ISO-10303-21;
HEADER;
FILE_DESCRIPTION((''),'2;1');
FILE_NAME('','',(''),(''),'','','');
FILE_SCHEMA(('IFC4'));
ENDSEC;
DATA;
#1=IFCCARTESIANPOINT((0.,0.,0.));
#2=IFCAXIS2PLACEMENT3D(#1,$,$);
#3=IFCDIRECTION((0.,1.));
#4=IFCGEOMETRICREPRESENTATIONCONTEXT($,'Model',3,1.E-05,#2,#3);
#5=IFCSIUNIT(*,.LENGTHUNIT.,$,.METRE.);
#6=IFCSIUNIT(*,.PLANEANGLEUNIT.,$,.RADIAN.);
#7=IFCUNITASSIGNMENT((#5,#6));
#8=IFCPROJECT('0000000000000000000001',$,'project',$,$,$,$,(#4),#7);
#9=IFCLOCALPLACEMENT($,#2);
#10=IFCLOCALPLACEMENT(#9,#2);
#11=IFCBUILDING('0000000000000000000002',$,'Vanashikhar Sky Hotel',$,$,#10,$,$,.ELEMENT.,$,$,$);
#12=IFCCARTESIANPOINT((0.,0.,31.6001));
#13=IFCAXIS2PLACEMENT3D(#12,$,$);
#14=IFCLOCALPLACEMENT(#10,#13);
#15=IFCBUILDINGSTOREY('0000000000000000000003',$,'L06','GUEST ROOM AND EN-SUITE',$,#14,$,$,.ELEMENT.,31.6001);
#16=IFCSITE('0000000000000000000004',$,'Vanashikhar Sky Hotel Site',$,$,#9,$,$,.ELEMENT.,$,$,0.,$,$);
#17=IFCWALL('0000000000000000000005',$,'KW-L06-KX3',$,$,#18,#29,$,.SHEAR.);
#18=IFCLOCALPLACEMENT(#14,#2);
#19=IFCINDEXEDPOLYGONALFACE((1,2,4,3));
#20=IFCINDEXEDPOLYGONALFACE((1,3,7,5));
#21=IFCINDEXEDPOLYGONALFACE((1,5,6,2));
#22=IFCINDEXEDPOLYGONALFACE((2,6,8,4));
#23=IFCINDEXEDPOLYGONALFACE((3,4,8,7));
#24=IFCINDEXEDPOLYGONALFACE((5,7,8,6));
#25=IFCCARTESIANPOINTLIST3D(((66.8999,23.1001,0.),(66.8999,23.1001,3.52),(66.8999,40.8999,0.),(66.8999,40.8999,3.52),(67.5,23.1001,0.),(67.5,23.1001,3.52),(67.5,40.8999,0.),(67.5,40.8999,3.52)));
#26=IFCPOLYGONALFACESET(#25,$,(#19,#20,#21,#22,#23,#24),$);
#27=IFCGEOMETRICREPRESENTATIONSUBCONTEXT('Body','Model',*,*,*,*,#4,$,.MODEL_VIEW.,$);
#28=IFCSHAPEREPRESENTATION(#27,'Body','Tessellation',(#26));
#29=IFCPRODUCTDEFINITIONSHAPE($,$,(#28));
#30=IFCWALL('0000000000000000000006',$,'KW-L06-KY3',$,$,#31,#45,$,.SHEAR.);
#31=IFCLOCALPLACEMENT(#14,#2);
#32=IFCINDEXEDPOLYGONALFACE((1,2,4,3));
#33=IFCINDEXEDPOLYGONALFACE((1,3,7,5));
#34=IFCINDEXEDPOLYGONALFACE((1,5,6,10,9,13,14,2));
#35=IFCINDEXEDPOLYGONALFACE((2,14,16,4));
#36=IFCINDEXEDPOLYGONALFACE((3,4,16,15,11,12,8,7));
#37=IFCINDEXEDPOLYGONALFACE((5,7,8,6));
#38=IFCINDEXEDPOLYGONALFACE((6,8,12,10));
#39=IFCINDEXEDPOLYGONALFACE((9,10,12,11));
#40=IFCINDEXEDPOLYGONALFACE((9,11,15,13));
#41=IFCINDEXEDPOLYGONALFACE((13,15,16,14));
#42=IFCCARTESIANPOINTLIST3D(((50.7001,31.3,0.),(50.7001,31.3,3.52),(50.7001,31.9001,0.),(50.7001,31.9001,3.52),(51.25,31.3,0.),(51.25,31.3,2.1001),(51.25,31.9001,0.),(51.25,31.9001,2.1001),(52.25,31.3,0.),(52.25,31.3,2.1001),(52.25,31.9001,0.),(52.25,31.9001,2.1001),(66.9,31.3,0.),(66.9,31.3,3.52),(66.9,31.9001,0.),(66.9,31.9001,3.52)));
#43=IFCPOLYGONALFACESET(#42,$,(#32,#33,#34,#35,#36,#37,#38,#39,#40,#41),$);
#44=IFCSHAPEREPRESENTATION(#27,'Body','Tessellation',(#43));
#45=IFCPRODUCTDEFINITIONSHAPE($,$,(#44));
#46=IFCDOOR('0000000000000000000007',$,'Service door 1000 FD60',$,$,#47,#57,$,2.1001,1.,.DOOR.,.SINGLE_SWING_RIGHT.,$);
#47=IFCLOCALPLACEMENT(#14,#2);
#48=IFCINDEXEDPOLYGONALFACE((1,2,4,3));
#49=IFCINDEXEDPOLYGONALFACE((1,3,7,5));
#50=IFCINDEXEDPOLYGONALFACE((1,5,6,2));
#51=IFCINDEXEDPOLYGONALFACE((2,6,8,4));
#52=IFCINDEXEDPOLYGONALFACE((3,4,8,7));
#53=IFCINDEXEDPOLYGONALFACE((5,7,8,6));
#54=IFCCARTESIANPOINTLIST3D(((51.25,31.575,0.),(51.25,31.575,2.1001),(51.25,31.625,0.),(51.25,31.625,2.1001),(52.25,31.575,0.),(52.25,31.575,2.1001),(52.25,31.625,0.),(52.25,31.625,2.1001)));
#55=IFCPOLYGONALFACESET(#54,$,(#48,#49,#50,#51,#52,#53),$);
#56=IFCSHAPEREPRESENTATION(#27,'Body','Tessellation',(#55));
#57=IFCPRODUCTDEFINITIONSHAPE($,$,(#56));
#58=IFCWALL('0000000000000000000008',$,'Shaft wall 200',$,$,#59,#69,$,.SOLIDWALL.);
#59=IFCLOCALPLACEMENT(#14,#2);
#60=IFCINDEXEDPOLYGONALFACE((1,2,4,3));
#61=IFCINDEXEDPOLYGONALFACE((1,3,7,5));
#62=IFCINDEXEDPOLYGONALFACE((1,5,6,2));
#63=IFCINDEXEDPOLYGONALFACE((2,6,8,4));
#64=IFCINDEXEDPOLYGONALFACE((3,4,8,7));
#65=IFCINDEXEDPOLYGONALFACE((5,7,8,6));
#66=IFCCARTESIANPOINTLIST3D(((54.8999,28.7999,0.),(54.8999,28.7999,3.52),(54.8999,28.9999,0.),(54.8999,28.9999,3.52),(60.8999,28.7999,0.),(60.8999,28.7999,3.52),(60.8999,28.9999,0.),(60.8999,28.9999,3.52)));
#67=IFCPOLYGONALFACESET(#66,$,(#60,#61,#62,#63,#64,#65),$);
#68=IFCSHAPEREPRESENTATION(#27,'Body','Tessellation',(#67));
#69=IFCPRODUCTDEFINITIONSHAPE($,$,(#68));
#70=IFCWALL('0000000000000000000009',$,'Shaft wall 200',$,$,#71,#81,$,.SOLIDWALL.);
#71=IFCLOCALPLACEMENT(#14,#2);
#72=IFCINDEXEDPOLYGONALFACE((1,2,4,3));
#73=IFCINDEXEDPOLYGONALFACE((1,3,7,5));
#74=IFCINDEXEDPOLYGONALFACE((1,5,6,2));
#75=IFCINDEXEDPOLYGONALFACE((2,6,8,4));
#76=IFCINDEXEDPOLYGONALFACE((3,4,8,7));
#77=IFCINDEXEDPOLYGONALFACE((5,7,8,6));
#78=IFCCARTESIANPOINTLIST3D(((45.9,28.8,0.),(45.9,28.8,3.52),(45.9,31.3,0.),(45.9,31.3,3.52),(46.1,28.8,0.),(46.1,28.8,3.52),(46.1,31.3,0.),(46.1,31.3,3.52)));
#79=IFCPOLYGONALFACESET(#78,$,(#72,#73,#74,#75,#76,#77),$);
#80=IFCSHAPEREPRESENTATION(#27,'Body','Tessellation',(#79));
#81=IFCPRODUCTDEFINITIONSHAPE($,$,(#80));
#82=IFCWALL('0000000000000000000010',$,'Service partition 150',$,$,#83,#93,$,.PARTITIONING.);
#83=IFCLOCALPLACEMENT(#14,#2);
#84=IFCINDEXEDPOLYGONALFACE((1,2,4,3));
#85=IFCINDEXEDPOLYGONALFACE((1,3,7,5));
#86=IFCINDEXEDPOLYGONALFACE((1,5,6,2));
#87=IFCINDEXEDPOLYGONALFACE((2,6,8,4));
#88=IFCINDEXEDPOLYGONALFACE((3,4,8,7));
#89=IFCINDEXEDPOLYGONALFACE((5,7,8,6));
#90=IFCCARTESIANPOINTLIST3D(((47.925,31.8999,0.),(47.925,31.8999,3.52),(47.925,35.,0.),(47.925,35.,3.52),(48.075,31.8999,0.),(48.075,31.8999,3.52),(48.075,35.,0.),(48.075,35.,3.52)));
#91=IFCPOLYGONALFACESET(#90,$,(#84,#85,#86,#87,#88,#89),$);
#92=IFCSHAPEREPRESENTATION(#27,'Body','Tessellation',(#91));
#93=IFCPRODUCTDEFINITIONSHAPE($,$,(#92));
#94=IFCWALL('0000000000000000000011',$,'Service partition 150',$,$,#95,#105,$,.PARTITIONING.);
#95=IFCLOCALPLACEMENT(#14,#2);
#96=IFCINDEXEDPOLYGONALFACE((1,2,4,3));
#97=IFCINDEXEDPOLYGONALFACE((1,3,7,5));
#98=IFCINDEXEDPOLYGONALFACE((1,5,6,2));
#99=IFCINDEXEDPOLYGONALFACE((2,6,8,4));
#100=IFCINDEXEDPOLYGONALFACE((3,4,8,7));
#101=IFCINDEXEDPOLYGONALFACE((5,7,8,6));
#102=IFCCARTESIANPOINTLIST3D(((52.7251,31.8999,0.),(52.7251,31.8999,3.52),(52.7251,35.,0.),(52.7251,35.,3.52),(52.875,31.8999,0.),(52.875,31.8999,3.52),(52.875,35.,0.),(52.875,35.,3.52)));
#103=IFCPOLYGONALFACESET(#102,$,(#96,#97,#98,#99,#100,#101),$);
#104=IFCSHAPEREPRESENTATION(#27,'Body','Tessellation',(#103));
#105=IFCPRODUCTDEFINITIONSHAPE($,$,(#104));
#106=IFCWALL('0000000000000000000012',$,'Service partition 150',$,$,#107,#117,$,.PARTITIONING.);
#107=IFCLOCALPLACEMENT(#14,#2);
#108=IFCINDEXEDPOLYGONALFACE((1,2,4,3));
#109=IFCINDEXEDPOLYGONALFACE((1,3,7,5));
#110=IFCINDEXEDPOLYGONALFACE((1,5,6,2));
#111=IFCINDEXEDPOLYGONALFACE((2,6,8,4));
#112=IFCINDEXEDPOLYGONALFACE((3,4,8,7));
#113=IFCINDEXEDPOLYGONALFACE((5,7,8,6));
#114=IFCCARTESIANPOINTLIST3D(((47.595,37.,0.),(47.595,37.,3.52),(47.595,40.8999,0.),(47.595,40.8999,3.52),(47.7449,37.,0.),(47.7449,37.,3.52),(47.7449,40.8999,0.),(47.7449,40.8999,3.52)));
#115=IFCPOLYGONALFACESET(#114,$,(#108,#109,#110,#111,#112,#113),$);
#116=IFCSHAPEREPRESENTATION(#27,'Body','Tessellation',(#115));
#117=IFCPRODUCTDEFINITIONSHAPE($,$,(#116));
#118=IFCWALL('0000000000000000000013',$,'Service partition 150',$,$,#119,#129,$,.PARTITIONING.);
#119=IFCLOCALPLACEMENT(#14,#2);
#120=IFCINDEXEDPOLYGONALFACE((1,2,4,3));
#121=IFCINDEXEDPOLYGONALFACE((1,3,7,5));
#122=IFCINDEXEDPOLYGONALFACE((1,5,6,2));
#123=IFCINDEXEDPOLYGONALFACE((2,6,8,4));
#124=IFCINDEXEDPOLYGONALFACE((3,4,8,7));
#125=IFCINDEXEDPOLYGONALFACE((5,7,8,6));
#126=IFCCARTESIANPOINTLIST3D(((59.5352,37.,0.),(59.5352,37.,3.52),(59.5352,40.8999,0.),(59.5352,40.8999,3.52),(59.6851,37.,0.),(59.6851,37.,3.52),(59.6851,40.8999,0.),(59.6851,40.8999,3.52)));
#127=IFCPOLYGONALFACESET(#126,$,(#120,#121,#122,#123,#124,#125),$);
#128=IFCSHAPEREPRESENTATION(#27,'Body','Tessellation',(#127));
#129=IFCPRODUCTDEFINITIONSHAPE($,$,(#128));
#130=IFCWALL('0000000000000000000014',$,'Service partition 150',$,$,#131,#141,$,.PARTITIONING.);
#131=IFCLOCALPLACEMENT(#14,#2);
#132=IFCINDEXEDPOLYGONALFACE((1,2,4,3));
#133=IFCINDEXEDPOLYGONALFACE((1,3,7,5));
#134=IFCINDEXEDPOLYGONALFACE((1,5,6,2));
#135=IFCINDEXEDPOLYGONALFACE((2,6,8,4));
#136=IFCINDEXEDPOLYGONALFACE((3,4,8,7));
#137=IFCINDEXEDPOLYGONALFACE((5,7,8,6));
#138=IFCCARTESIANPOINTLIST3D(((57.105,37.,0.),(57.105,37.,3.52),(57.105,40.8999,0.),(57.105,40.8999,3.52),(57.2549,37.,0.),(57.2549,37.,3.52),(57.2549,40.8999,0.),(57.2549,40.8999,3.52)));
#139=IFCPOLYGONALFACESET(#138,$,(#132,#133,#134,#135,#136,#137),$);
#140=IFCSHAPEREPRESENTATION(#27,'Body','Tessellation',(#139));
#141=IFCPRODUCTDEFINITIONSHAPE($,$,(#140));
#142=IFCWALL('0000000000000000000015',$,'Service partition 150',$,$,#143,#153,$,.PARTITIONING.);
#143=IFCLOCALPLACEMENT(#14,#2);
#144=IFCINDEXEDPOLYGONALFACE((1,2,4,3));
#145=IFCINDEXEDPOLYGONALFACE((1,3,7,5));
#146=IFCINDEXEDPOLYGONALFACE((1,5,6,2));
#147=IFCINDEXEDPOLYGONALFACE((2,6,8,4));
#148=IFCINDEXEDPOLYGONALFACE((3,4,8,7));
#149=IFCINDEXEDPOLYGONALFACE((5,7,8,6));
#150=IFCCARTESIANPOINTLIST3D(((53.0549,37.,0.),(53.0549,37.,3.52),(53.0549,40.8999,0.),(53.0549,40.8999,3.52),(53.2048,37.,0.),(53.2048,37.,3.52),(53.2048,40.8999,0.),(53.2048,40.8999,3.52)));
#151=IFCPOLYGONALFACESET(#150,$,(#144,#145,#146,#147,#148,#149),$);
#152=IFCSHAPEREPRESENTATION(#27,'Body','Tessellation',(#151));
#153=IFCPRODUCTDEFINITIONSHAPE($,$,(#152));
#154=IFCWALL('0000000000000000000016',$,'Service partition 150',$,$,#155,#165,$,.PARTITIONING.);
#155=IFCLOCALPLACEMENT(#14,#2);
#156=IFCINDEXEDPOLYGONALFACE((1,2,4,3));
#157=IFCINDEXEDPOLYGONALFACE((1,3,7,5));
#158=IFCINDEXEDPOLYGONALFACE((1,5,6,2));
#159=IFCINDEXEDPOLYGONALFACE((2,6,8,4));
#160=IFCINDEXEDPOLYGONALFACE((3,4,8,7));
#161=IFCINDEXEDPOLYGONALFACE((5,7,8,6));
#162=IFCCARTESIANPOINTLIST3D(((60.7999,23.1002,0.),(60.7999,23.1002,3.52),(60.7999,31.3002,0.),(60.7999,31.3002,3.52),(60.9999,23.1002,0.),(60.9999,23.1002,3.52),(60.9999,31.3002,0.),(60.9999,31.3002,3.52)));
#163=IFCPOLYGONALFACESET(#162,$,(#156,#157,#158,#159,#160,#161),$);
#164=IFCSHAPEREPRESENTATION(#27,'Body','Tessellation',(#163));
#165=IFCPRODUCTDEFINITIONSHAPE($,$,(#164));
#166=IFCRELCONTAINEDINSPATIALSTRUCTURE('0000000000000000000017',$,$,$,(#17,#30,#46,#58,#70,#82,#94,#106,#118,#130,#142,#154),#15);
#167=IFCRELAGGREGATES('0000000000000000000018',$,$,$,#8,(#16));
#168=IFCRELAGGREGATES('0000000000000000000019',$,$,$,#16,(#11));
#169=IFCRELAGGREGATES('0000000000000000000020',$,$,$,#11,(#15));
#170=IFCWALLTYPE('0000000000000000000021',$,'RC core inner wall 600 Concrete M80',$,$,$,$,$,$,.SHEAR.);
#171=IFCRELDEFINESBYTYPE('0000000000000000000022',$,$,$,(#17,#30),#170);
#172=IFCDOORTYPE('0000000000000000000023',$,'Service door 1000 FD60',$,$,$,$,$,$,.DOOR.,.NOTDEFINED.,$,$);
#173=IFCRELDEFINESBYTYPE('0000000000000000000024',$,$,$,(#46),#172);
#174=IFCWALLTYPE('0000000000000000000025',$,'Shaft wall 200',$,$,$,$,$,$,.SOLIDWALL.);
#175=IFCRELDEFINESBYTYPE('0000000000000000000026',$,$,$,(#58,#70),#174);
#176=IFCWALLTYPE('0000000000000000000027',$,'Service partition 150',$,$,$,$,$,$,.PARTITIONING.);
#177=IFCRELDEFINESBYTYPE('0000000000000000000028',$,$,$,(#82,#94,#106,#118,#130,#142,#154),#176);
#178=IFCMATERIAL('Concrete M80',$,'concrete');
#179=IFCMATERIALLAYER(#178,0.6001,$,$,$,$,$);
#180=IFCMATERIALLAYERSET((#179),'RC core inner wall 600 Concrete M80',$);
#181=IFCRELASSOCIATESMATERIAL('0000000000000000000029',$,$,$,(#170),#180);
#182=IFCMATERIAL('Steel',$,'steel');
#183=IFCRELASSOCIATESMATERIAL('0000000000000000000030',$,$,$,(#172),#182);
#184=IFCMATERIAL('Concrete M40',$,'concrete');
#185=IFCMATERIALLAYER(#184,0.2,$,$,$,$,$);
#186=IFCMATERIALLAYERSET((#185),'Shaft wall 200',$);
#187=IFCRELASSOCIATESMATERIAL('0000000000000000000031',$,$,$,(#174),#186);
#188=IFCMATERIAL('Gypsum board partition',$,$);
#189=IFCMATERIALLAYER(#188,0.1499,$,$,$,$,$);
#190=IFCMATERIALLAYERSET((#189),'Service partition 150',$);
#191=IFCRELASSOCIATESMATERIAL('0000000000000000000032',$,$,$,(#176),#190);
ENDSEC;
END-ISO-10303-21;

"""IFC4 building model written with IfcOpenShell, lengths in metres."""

from ifc_helpers import new_model, si_unit, direction, frame, frame_2d, origin, place, context, subcontext, project, spatial, rectangle, extrude, source, transform, mapped, material, layer, layer_set, type_object, element, fill, save


model = new_model("IFC4")

# Units and contexts
model_context = context("Model", 3, precision=1e-05, world=origin(), true_north=direction((0.0, 1.0)))
body_context = subcontext(model_context, "Body", "Model", "MODEL_VIEW")
ifc_project = project(units=[si_unit("LENGTHUNIT", "METRE"), si_unit("PLANEANGLEUNIT", "RADIAN")], contexts=[model_context])

# Site, building, storey
site_placement = place(None, origin())
site = spatial("IfcSite", under=ifc_project, at=site_placement, Name="Vanashikhar Sky Hotel Site", CompositionType="ELEMENT", RefElevation=0.0)
building_placement = place(site_placement, origin())
building = spatial("IfcBuilding", under=site, at=building_placement, Name="Vanashikhar Sky Hotel", CompositionType="ELEMENT")
storey_placement = place(building_placement, frame((0.0, 0.0, 31.6001)))
storey = spatial("IfcBuildingStorey", under=building, at=storey_placement, Name="L06", Description="GUEST ROOM AND EN-SUITE", CompositionType="ELEMENT", Elevation=31.6001)

# Wall
ifc_material_1 = material(Name="Concrete M80", Category="concrete")
ifc_layer_1 = layer(ifc_material_1, 0.6001)
ifc_layer_set_1 = layer_set([ifc_layer_1], Name="RC core inner wall 600 Concrete M80")
wall_type_1 = type_object("IfcWallType", Name="RC core inner wall 600 Concrete M80", PredefinedType="SHEAR", material=ifc_layer_set_1)
shared_shape_1 = source(origin(), body_context, "Body", "SweptSolid", [
    extrude(rectangle(XDim=17.7998, YDim=0.6001, at=frame_2d((8.8999, 0.0))), origin(), (0.0, 0.0, 1.0), 3.52),
])
wall_1_placement = place(storey_placement, frame((67.2, 23.1001, 0.0), z_axis=(0.0, 0.0, 1.0), x_axis=(0.0, 1.0, 0.0)))
element("IfcWall", 1, at=wall_1_placement, inside=storey, type_object=wall_type_1, Name="KW-L06-KX3", PredefinedType="SHEAR", context=body_context, shape_type="MappedRepresentation", body=[
    mapped(shared_shape_1, transform((0.0, 0.0, 0.0), scale=1.0)),
])

# Wall, opening, door
shared_shape_2 = source(origin(), body_context, "Body", "SweptSolid", [
    extrude(rectangle(XDim=16.2, YDim=0.6001, at=frame_2d((8.1001, 0.0))), origin(), (0.0, 0.0, 1.0), 3.52),
])
wall_2_placement = place(storey_placement, frame((50.7, 31.6001, 0.0), z_axis=(0.0, 0.0, 1.0), x_axis=(1.0, 0.0, 0.0)))
wall_2 = element("IfcWall", 2, at=wall_2_placement, inside=storey, type_object=wall_type_1, Name="KW-L06-KY3", PredefinedType="SHEAR", context=body_context, shape_type="MappedRepresentation", body=[
    mapped(shared_shape_2, transform((0.0, 0.0, 0.0), scale=1.0)),
])
shared_shape_3 = source(origin(), body_context, "Body", "SweptSolid", [
    extrude(rectangle(XDim=1.0, YDim=2.1001, at=frame_2d((0.5, 1.05))), frame((0.0, 0.3101, 0.0), z_axis=(0.0, -1.0, 0.0), x_axis=(1.0, 0.0, 0.0)), (0.0, 0.0, 1.0), 0.6201),
])
opening_1_placement = place(wall_2_placement, frame((0.55, 0.0, 0.0)))
opening_1 = element("IfcOpeningElement", 3, at=opening_1_placement, cuts=wall_2, PredefinedType="OPENING", context=body_context, shape_type="MappedRepresentation", body=[
    mapped(shared_shape_3, transform((0.0, 0.0, 0.0), scale=1.0)),
])
ifc_material_2 = material(Name="Steel", Category="steel")
door_type_1 = type_object("IfcDoorType", Name="Service door 1000 FD60", OperationType="NOTDEFINED", PredefinedType="DOOR", material=ifc_material_2)
shared_shape_4 = source(origin(), body_context, "Body", "SweptSolid", [
    extrude(rectangle(XDim=1.0, YDim=2.1001, at=frame_2d((0.5, 1.05))), frame((0.0, 0.0249, 0.0), z_axis=(0.0, -1.0, 0.0), x_axis=(1.0, 0.0, 0.0)), (0.0, 0.0, 1.0), 0.05),
])
door_1_placement = place(opening_1_placement, origin())
door_1 = element("IfcDoor", 4, at=door_1_placement, inside=storey, type_object=door_type_1, Name="Service door 1000 FD60", OperationType="SINGLE_SWING_RIGHT", OverallHeight=2.1001, OverallWidth=1.0, PredefinedType="DOOR", context=body_context, shape_type="MappedRepresentation", body=[
    mapped(shared_shape_4, transform((0.0, 0.0, 0.0), scale=1.0)),
])
fill(opening_1, door_1)

# Walls
ifc_material_3 = material(Name="Concrete M40", Category="concrete")
ifc_layer_2 = layer(ifc_material_3, 0.2)
ifc_layer_set_2 = layer_set([ifc_layer_2], Name="Shaft wall 200")
wall_type_2 = type_object("IfcWallType", Name="Shaft wall 200", PredefinedType="SOLIDWALL", material=ifc_layer_set_2)
shared_shape_5 = source(origin(), body_context, "Body", "SweptSolid", [
    extrude(rectangle(XDim=6.0, YDim=0.2, at=frame_2d((3.0, 0.0))), origin(), (0.0, 0.0, 1.0), 3.52),
])
wall_3_placement = place(storey_placement, frame((60.8999, 28.8999, 0.0), z_axis=(0.0, 0.0, 1.0), x_axis=(-1.0, 0.0, 0.0)))
element("IfcWall", 5, at=wall_3_placement, inside=storey, type_object=wall_type_2, Name="Shaft wall 200", PredefinedType="SOLIDWALL", context=body_context, shape_type="MappedRepresentation", body=[
    mapped(shared_shape_5, transform((0.0, 0.0, 0.0), scale=1.0)),
])
shared_shape_6 = source(origin(), body_context, "Body", "SweptSolid", [
    extrude(rectangle(XDim=2.5, YDim=0.2, at=frame_2d((1.25, 0.0))), origin(), (0.0, 0.0, 1.0), 3.52),
])
wall_4_placement = place(storey_placement, frame((46.0, 28.8, 0.0), z_axis=(0.0, 0.0, 1.0), x_axis=(0.0, 1.0, 0.0)))
element("IfcWall", 6, at=wall_4_placement, inside=storey, type_object=wall_type_2, Name="Shaft wall 200", PredefinedType="SOLIDWALL", context=body_context, shape_type="MappedRepresentation", body=[
    mapped(shared_shape_6, transform((0.0, 0.0, 0.0), scale=1.0)),
])
ifc_material_4 = material(Name="Gypsum board partition")
ifc_layer_3 = layer(ifc_material_4, 0.1499)
ifc_layer_set_3 = layer_set([ifc_layer_3], Name="Service partition 150")
wall_type_3 = type_object("IfcWallType", Name="Service partition 150", PredefinedType="PARTITIONING", material=ifc_layer_set_3)
shared_shape_7 = source(origin(), body_context, "Body", "SweptSolid", [
    extrude(rectangle(XDim=3.1001, YDim=0.1499, at=frame_2d((1.55, 0.0))), origin(), (0.0, 0.0, 1.0), 3.52),
])
for number, where, z_axis, x_axis, name in (
    (7, (48.0, 31.8999, 0.0), (0.0, 0.0, 1.0), (0.0, 1.0, 0.0), "Service partition 150"),
    (8, (52.8, 31.8999, 0.0), (0.0, 0.0, 1.0), (0.0, 1.0, 0.0), "Service partition 150"),
):
    element("IfcWall", number, at=place(storey_placement, frame(where, z_axis=z_axis, x_axis=x_axis)), inside=storey, type_object=wall_type_3, Name=name, PredefinedType="PARTITIONING", context=body_context, shape_type="MappedRepresentation", body=[
        mapped(shared_shape_7, transform((0.0, 0.0, 0.0), scale=1.0)),
    ])
shared_shape_8 = source(origin(), body_context, "Body", "SweptSolid", [
    extrude(rectangle(XDim=3.8999, YDim=0.1499, at=frame_2d((1.95, 0.0))), origin(), (0.0, 0.0, 1.0), 3.52),
])
for number, where, z_axis, x_axis, name in (
    (9, (47.6699, 37.0, 0.0), (0.0, 0.0, 1.0), (0.0, 1.0, 0.0), "Service partition 150"),
    (10, (59.6101, 37.0, 0.0), (0.0, 0.0, 1.0), (0.0, 1.0, 0.0), "Service partition 150"),
    (11, (57.1799, 37.0, 0.0), (0.0, 0.0, 1.0), (0.0, 1.0, 0.0), "Service partition 150"),
    (12, (53.1299, 37.0, 0.0), (0.0, 0.0, 1.0), (0.0, 1.0, 0.0), "Service partition 150"),
):
    element("IfcWall", number, at=place(storey_placement, frame(where, z_axis=z_axis, x_axis=x_axis)), inside=storey, type_object=wall_type_3, Name=name, PredefinedType="PARTITIONING", context=body_context, shape_type="MappedRepresentation", body=[
        mapped(shared_shape_8, transform((0.0, 0.0, 0.0), scale=1.0)),
    ])
shared_shape_9 = source(origin(), body_context, "Body", "SweptSolid", [
    extrude(rectangle(XDim=8.2, YDim=0.2, at=frame_2d((4.1001, 0.0))), origin(), (0.0, 0.0, 1.0), 3.52),
])
wall_5_placement = place(storey_placement, frame((60.8999, 23.1001, 0.0), z_axis=(0.0, 0.0, 1.0), x_axis=(0.0, 1.0, 0.0)))
element("IfcWall", 13, at=wall_5_placement, inside=storey, type_object=wall_type_3, Name="Service partition 150", PredefinedType="PARTITIONING", context=body_context, shape_type="MappedRepresentation", body=[
    mapped(shared_shape_9, transform((0.0, 0.0, 0.0), scale=1.0)),
])

save(model, "model.ifc")
